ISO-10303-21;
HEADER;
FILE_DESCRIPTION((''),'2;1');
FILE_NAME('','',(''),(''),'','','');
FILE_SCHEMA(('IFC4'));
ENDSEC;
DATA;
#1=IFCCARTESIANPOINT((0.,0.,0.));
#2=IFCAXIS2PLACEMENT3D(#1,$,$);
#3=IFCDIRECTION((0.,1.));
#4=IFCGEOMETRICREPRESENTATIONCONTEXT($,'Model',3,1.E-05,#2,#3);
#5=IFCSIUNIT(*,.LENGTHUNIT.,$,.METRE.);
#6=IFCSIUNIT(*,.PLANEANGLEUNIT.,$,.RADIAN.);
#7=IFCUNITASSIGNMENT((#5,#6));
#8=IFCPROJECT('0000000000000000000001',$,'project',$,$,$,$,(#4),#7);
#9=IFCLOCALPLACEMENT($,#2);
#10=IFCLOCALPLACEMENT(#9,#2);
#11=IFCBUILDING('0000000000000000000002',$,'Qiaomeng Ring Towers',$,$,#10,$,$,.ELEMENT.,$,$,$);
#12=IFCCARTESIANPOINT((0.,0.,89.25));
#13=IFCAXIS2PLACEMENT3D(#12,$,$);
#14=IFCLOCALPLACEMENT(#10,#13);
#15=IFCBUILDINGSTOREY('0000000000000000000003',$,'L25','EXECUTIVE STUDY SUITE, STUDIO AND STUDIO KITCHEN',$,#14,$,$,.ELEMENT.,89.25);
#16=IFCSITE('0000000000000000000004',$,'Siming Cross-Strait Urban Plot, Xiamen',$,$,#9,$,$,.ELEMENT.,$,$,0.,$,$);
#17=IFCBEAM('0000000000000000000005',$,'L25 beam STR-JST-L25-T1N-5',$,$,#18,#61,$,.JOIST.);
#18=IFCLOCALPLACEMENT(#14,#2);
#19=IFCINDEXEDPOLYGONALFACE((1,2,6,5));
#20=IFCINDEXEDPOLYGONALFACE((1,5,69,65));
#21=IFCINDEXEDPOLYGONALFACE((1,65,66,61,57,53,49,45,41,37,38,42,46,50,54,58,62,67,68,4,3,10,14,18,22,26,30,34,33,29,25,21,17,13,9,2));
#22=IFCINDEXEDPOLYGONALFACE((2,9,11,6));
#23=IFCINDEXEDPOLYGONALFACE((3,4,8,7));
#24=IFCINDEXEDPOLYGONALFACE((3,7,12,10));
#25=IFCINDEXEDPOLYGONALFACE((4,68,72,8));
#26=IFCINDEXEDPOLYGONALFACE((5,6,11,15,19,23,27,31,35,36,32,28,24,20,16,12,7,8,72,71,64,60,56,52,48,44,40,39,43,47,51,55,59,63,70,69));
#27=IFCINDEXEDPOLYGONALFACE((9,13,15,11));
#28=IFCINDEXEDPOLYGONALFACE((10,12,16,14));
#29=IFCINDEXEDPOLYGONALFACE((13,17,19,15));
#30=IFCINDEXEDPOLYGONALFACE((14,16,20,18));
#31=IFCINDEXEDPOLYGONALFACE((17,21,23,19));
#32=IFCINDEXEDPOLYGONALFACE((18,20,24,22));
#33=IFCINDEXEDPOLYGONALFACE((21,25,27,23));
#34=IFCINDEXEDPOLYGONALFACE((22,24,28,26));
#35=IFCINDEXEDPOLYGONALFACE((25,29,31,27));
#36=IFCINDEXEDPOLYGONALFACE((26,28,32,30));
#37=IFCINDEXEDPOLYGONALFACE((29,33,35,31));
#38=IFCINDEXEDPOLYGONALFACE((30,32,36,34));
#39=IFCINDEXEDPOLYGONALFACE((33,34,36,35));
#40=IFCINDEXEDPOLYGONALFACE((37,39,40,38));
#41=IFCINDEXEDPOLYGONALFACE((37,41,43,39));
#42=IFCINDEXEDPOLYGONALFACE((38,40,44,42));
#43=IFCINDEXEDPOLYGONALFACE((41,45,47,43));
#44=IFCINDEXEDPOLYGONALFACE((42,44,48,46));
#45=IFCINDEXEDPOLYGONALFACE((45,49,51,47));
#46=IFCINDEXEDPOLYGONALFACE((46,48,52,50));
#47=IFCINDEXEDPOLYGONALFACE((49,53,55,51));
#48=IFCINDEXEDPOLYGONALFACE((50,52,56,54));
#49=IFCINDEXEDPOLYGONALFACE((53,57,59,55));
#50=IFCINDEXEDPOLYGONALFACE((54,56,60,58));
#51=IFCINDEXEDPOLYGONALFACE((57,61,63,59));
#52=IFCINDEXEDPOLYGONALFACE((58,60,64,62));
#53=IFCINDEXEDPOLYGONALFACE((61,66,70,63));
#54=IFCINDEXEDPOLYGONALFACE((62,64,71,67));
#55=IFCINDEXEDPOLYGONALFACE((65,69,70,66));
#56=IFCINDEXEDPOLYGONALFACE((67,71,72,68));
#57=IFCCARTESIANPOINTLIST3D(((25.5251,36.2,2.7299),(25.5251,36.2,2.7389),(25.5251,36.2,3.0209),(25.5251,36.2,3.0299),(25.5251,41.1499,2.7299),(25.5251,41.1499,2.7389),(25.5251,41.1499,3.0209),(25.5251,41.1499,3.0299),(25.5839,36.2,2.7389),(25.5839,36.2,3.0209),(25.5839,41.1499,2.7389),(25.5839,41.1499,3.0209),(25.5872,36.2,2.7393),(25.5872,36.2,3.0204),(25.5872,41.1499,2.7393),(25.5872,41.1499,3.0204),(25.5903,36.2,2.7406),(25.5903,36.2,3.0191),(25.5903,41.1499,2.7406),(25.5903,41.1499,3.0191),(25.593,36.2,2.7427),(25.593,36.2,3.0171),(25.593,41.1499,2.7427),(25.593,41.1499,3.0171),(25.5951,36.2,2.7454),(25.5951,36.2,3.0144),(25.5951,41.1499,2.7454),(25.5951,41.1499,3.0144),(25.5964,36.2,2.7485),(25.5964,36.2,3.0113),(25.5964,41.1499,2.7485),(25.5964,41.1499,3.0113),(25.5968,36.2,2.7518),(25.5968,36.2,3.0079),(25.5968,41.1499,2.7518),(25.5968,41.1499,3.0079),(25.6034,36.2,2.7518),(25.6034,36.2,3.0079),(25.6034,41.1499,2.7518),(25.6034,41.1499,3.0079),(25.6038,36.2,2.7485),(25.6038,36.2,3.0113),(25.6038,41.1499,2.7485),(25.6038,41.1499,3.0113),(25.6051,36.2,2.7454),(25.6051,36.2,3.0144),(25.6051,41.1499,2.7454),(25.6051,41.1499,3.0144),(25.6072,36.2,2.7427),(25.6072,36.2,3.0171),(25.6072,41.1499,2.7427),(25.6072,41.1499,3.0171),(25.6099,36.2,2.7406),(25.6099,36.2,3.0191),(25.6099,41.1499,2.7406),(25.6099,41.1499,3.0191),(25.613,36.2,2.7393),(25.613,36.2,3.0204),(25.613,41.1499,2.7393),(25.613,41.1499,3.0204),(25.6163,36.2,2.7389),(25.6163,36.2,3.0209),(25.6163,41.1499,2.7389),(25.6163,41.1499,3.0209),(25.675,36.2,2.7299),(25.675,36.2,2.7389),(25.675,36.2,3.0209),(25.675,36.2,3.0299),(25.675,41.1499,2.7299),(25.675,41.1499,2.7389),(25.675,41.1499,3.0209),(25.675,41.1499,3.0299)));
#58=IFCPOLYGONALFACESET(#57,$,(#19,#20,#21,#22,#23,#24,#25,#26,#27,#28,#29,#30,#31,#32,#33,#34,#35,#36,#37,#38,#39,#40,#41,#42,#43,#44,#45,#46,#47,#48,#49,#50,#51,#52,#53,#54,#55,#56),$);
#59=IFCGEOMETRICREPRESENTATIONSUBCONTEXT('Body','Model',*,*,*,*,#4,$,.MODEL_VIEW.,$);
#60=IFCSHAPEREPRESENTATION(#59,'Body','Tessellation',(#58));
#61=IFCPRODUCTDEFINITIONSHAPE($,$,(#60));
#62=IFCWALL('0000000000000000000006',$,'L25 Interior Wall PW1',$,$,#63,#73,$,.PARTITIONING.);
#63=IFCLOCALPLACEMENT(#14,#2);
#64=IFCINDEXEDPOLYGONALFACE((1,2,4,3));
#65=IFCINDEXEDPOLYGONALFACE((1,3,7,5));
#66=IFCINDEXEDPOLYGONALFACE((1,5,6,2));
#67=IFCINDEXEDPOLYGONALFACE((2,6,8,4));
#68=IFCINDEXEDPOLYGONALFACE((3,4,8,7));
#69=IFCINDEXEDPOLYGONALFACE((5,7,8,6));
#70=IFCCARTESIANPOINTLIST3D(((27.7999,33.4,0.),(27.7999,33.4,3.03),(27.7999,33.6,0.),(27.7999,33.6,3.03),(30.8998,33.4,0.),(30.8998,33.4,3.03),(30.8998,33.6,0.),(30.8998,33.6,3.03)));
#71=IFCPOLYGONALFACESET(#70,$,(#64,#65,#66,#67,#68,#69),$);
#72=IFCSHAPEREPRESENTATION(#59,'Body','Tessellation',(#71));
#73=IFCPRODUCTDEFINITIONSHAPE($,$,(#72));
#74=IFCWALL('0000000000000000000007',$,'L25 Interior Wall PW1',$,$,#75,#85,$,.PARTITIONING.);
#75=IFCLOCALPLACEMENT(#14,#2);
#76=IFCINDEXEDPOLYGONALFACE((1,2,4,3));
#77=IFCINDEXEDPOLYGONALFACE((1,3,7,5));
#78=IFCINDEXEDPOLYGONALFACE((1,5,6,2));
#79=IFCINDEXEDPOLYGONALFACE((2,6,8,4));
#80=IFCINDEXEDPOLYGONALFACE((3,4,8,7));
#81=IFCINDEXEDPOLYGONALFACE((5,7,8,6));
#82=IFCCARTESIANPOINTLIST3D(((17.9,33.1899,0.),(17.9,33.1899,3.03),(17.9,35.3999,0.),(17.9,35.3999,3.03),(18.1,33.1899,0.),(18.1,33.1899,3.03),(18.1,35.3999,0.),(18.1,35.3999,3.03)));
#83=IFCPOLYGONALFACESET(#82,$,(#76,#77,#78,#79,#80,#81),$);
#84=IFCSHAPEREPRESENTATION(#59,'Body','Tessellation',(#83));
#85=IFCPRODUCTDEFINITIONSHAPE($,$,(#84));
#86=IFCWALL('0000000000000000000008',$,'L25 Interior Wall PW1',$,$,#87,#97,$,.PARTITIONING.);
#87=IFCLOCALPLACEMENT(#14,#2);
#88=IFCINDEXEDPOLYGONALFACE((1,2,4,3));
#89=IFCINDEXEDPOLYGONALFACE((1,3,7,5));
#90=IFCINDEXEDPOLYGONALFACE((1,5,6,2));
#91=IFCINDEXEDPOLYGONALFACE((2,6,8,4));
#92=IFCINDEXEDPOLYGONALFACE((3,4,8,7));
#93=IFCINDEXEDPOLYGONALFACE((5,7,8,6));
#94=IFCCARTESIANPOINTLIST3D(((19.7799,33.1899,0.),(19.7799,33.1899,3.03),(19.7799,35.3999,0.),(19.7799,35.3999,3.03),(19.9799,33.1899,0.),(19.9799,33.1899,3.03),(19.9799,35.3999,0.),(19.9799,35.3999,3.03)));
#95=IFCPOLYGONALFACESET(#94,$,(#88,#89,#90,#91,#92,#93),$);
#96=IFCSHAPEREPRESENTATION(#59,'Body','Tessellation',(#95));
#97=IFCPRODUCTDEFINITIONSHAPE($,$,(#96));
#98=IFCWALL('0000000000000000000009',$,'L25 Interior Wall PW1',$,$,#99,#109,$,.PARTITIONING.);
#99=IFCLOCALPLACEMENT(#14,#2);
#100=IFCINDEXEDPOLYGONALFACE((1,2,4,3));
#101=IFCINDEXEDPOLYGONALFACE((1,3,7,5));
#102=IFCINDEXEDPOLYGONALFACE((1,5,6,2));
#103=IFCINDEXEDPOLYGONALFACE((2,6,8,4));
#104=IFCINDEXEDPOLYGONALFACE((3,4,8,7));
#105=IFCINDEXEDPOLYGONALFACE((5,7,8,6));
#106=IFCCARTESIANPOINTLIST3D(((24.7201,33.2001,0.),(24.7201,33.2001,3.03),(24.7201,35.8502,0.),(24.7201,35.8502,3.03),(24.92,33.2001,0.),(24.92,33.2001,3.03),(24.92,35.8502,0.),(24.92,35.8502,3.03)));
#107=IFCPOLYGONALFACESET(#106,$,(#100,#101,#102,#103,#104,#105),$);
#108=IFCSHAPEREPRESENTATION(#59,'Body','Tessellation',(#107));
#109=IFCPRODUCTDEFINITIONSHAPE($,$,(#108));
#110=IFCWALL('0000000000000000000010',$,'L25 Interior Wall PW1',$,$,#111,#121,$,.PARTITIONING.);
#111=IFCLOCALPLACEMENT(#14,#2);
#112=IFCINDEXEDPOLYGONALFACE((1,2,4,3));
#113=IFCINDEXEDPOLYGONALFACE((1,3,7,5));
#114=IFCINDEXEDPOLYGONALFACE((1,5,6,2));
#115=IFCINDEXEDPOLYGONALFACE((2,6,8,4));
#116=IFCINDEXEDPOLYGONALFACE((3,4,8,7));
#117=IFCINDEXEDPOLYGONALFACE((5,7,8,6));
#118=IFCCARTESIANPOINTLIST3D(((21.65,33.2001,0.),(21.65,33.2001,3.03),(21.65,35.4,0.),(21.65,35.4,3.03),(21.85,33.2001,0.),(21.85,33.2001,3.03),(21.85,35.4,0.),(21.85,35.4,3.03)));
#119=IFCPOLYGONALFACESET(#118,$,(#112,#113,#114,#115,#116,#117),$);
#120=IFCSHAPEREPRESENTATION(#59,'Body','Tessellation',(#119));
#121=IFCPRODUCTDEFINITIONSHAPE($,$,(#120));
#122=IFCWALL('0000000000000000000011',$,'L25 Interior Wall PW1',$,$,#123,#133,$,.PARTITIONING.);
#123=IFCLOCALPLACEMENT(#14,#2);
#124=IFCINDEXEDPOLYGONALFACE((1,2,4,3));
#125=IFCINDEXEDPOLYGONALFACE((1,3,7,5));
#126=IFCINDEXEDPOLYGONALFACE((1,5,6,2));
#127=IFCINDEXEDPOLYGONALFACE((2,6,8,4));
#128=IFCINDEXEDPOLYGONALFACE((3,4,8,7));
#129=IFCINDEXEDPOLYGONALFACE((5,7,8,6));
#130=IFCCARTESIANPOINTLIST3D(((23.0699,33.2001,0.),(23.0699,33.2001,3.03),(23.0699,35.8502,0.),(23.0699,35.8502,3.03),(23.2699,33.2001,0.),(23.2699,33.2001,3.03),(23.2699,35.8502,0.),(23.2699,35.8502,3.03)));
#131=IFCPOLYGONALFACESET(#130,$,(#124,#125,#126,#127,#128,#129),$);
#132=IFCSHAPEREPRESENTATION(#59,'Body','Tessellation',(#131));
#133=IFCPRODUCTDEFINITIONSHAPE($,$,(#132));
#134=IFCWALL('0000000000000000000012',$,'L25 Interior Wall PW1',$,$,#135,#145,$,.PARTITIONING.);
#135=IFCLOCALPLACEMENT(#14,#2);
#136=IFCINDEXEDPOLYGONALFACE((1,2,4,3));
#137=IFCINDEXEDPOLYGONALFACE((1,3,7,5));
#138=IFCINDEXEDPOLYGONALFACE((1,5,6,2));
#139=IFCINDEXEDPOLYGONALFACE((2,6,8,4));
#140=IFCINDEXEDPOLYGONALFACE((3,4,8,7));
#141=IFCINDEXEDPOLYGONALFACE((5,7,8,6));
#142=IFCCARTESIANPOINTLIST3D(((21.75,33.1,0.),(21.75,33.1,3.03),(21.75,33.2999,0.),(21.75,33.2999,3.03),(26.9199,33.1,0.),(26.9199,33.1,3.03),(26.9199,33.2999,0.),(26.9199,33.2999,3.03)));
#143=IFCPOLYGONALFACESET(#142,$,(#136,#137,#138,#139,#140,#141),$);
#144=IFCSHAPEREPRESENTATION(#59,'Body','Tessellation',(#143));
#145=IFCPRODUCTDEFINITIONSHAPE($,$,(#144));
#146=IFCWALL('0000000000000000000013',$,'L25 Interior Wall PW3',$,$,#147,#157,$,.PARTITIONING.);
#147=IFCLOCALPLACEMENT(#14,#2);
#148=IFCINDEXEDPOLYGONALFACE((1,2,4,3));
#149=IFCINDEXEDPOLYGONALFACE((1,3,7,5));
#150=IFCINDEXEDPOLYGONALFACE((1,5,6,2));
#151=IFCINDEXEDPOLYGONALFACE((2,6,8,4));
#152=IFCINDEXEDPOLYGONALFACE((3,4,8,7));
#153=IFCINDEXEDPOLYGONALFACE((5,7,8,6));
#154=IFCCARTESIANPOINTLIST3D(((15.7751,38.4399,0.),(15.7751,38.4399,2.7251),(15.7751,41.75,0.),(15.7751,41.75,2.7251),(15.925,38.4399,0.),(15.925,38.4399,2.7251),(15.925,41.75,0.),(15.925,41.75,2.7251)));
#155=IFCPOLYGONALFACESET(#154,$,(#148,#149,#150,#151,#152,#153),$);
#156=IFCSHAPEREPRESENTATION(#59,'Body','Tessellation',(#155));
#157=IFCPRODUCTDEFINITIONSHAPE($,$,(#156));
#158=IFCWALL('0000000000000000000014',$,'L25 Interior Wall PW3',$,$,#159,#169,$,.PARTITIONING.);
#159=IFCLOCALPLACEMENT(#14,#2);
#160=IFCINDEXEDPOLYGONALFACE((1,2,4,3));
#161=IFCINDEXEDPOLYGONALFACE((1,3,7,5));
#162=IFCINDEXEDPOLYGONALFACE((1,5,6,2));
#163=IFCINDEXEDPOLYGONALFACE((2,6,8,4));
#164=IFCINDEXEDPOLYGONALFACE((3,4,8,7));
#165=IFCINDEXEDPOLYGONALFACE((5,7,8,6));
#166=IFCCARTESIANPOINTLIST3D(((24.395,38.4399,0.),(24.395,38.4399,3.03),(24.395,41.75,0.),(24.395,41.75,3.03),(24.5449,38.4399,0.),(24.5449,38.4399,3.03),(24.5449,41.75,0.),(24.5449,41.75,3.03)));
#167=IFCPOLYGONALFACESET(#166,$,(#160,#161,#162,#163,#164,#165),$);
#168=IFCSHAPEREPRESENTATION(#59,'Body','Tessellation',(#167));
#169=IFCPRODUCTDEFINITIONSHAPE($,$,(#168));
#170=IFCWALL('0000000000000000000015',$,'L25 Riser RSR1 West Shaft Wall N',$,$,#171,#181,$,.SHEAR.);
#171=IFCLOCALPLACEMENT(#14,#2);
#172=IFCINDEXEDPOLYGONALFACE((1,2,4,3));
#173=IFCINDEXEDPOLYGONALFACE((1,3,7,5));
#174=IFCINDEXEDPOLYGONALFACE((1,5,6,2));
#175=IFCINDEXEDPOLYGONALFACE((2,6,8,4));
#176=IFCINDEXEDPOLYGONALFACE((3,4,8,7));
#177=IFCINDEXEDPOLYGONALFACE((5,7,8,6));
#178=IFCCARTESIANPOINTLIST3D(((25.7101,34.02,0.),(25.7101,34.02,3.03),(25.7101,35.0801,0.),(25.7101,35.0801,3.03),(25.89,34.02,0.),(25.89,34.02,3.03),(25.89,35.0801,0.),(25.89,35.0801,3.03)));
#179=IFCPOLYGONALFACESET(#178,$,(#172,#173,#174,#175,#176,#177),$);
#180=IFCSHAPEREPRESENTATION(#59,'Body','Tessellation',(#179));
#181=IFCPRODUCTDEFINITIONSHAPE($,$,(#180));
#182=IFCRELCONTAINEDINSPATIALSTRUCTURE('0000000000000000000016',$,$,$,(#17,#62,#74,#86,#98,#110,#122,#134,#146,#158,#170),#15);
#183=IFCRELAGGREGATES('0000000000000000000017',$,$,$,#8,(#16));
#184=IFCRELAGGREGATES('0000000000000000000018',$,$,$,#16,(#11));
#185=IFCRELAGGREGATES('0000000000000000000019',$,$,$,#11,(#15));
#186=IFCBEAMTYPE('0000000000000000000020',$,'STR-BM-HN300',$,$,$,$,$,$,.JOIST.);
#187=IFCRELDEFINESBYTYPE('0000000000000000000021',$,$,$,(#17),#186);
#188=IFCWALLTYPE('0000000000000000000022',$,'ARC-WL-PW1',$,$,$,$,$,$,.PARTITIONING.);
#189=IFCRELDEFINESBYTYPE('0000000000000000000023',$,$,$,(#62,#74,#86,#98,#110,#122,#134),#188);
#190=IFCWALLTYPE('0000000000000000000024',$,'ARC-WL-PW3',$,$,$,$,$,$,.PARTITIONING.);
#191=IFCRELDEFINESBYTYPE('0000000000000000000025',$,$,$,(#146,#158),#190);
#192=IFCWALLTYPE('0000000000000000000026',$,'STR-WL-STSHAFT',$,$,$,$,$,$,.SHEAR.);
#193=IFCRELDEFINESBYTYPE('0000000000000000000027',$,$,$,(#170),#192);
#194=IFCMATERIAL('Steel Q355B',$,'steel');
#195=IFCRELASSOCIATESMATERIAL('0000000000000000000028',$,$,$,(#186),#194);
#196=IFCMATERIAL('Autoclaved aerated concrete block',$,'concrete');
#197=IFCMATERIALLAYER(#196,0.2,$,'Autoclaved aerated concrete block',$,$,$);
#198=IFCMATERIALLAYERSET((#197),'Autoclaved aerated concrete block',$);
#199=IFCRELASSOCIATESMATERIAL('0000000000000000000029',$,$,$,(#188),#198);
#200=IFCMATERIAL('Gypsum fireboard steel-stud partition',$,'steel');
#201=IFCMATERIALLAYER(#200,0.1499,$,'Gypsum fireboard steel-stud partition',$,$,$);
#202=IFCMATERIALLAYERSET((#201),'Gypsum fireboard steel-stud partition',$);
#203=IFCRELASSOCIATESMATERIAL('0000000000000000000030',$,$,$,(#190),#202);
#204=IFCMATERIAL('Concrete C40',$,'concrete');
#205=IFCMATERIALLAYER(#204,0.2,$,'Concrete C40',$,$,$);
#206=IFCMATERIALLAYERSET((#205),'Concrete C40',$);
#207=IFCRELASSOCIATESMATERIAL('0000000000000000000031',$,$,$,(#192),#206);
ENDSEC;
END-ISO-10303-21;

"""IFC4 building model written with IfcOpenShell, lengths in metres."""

from ifc_helpers import new_model, si_unit, direction, frame, frame_2d, origin, origin_2d, place, context, subcontext, project, spatial, rectangle, i_section, extrude, source, transform, mapped, material, layer, layer_set, material_profile, profile_set, type_object, element, save


model = new_model("IFC4")

# Units and contexts
model_context = context("Model", 3, precision=1e-05, world=origin(), true_north=direction((0.0, 1.0)))
body_context = subcontext(model_context, "Body", "Model", "MODEL_VIEW")
ifc_project = project(units=[si_unit("LENGTHUNIT", "METRE"), si_unit("PLANEANGLEUNIT", "RADIAN")], contexts=[model_context])

# Site, building, storey
site_placement = place(None, origin())
site = spatial("IfcSite", under=ifc_project, at=site_placement, Name="Siming Cross-Strait Urban Plot, Xiamen", CompositionType="ELEMENT", RefElevation=0.0)
building_placement = place(site_placement, origin())
building = spatial("IfcBuilding", under=site, at=building_placement, Name="Qiaomeng Ring Towers", CompositionType="ELEMENT")
storey_placement = place(building_placement, frame((0.0, 0.0, 89.25)))
storey = spatial("IfcBuildingStorey", under=building, at=storey_placement, Name="L25", Description="EXECUTIVE STUDY SUITE, STUDIO AND STUDIO KITCHEN", CompositionType="ELEMENT", Elevation=89.25)

# Beam
ifc_material_1 = material(Name="Steel Q355B", Category="steel")
ifc_material_profile_1 = material_profile(ifc_material_1, i_section(OverallWidth=0.1499, OverallDepth=0.3, WebThickness=0.0066, FlangeThickness=0.009, FilletRadius=0.0129, at=origin_2d()), Name="HN 300x150x6.5x9")
ifc_profile_set_1 = profile_set([ifc_material_profile_1], Name="Steel Q355B")
beam_type_1 = type_object("IfcBeamType", Name="STR-BM-HN300", PredefinedType="JOIST", material=ifc_profile_set_1)
shared_shape_1 = source(origin(), body_context, "Body", "SweptSolid", [
    extrude(i_section(OverallWidth=0.1499, OverallDepth=0.3, WebThickness=0.0066, FlangeThickness=0.009, FilletRadius=0.0129, at=origin_2d()), origin(), (0.0, 0.0, 1.0), 4.95),
])
for number, where, z_axis, x_axis, name in (
    (1, (25.6001, 36.2, 2.8799), (0.0, 1.0, 0.0), (-1.0, 0.0, 0.0), "L25 beam STR-JST-L25-T1N-5"),
):
    element("IfcBeam", number, at=place(storey_placement, frame(where, z_axis=z_axis, x_axis=x_axis)), inside=storey, type_object=beam_type_1, Name=name, PredefinedType="JOIST", context=body_context, shape_type="MappedRepresentation", body=[
        mapped(shared_shape_1, transform((0.0, 0.0, 0.0), x_axis=(1.0, 0.0, 0.0), y_axis=(0.0, 1.0, 0.0), z_axis=(0.0, 0.0, 1.0), scale=1.0)),
    ])

# Walls
ifc_material_2 = material(Name="Autoclaved aerated concrete block", Category="concrete")
ifc_layer_1 = layer(ifc_material_2, 0.2, Name="Autoclaved aerated concrete block")
ifc_layer_set_1 = layer_set([ifc_layer_1], Name="Autoclaved aerated concrete block")
wall_type_1 = type_object("IfcWallType", Name="ARC-WL-PW1", PredefinedType="PARTITIONING", material=ifc_layer_set_1)
wall_1_placement = place(storey_placement, frame((27.8, 33.5, 0.0), z_axis=(0.0, 0.0, 1.0), x_axis=(1.0, 0.0, 0.0)))
element("IfcWall", 2, at=wall_1_placement, inside=storey, type_object=wall_type_1, Name="L25 Interior Wall PW1", PredefinedType="PARTITIONING", context=body_context, shape_type="SweptSolid", body=[
    extrude(rectangle(XDim=3.0999, YDim=0.2, at=frame_2d((1.5498, 0.0))), origin(), (0.0, 0.0, 1.0), 3.03),
])
for number, where, z_axis, x_axis, name in (
    (3, (18.0, 33.1899, 0.0), (0.0, 0.0, 1.0), (0.0, 1.0, 0.0), "L25 Interior Wall PW1"),
    (4, (19.8799, 33.1899, 0.0), (0.0, 0.0, 1.0), (0.0, 1.0, 0.0), "L25 Interior Wall PW1"),
):
    element("IfcWall", number, at=place(storey_placement, frame(where, z_axis=z_axis, x_axis=x_axis)), inside=storey, type_object=wall_type_1, Name=name, PredefinedType="PARTITIONING", context=body_context, shape_type="SweptSolid", body=[
        extrude(rectangle(XDim=2.21, YDim=0.2, at=frame_2d((1.105, 0.0))), origin(), (0.0, 0.0, 1.0), 3.03),
    ])
wall_2_placement = place(storey_placement, frame((24.8201, 33.2, 0.0), z_axis=(0.0, 0.0, 1.0), x_axis=(0.0, 1.0, 0.0)))
element("IfcWall", 5, at=wall_2_placement, inside=storey, type_object=wall_type_1, Name="L25 Interior Wall PW1", PredefinedType="PARTITIONING", context=body_context, shape_type="SweptSolid", body=[
    extrude(rectangle(XDim=2.6501, YDim=0.2, at=frame_2d((1.3252, 0.0))), origin(), (0.0, 0.0, 1.0), 3.03),
])
wall_3_placement = place(storey_placement, frame((21.75, 33.2, 0.0), z_axis=(0.0, 0.0, 1.0), x_axis=(0.0, 1.0, 0.0)))
element("IfcWall", 6, at=wall_3_placement, inside=storey, type_object=wall_type_1, Name="L25 Interior Wall PW1", PredefinedType="PARTITIONING", context=body_context, shape_type="SweptSolid", body=[
    extrude(rectangle(XDim=2.2, YDim=0.2, at=frame_2d((1.1001, 0.0))), origin(), (0.0, 0.0, 1.0), 3.03),
])
wall_4_placement = place(storey_placement, frame((23.1699, 33.2, 0.0), z_axis=(0.0, 0.0, 1.0), x_axis=(0.0, 1.0, 0.0)))
element("IfcWall", 7, at=wall_4_placement, inside=storey, type_object=wall_type_1, Name="L25 Interior Wall PW1", PredefinedType="PARTITIONING", context=body_context, shape_type="SweptSolid", body=[
    extrude(rectangle(XDim=2.6501, YDim=0.2, at=frame_2d((1.3252, 0.0))), origin(), (0.0, 0.0, 1.0), 3.03),
])
wall_5_placement = place(storey_placement, frame((21.75, 33.2, 0.0), z_axis=(0.0, 0.0, 1.0), x_axis=(1.0, 0.0, 0.0)))
element("IfcWall", 8, at=wall_5_placement, inside=storey, type_object=wall_type_1, Name="L25 Interior Wall PW1", PredefinedType="PARTITIONING", context=body_context, shape_type="SweptSolid", body=[
    extrude(rectangle(XDim=5.1699, YDim=0.2, at=frame_2d((2.585, 0.0))), origin(), (0.0, 0.0, 1.0), 3.03),
])
ifc_material_3 = material(Name="Gypsum fireboard steel-stud partition", Category="steel")
ifc_layer_2 = layer(ifc_material_3, 0.1499, Name="Gypsum fireboard steel-stud partition")
ifc_layer_set_2 = layer_set([ifc_layer_2], Name="Gypsum fireboard steel-stud partition")
wall_type_2 = type_object("IfcWallType", Name="ARC-WL-PW3", PredefinedType="PARTITIONING", material=ifc_layer_set_2)
wall_6_placement = place(storey_placement, frame((15.8501, 38.4399, 0.0), z_axis=(0.0, 0.0, 1.0), x_axis=(0.0, 1.0, 0.0)))
element("IfcWall", 9, at=wall_6_placement, inside=storey, type_object=wall_type_2, Name="L25 Interior Wall PW3", PredefinedType="PARTITIONING", context=body_context, shape_type="SweptSolid", body=[
    extrude(rectangle(XDim=3.3101, YDim=0.1499, at=frame_2d((1.655, 0.0))), origin(), (0.0, 0.0, 1.0), 2.7251),
])
wall_7_placement = place(storey_placement, frame((24.47, 38.4399, 0.0), z_axis=(0.0, 0.0, 1.0), x_axis=(0.0, 1.0, 0.0)))
element("IfcWall", 10, at=wall_7_placement, inside=storey, type_object=wall_type_2, Name="L25 Interior Wall PW3", PredefinedType="PARTITIONING", context=body_context, shape_type="SweptSolid", body=[
    extrude(rectangle(XDim=3.3101, YDim=0.1499, at=frame_2d((1.655, 0.0))), origin(), (0.0, 0.0, 1.0), 3.03),
])
ifc_material_4 = material(Name="Concrete C40", Category="concrete")
ifc_layer_3 = layer(ifc_material_4, 0.2, Name="Concrete C40")
ifc_layer_set_3 = layer_set([ifc_layer_3], Name="Concrete C40")
wall_type_3 = type_object("IfcWallType", Name="STR-WL-STSHAFT", PredefinedType="SHEAR", material=ifc_layer_set_3)
wall_8_placement = place(storey_placement, frame((25.8, 34.02, 0.0), z_axis=(0.0, 0.0, 1.0), x_axis=(0.0, 1.0, 0.0)))
element("IfcWall", 11, at=wall_8_placement, inside=storey, type_object=wall_type_3, Name="L25 Riser RSR1 West Shaft Wall N", PredefinedType="SHEAR", context=body_context, shape_type="SweptSolid", body=[
    extrude(rectangle(XDim=1.0601, YDim=0.1799, at=frame_2d((0.53, 0.0))), origin(), (0.0, 0.0, 1.0), 3.03),
])

save(model, "model.ifc")
